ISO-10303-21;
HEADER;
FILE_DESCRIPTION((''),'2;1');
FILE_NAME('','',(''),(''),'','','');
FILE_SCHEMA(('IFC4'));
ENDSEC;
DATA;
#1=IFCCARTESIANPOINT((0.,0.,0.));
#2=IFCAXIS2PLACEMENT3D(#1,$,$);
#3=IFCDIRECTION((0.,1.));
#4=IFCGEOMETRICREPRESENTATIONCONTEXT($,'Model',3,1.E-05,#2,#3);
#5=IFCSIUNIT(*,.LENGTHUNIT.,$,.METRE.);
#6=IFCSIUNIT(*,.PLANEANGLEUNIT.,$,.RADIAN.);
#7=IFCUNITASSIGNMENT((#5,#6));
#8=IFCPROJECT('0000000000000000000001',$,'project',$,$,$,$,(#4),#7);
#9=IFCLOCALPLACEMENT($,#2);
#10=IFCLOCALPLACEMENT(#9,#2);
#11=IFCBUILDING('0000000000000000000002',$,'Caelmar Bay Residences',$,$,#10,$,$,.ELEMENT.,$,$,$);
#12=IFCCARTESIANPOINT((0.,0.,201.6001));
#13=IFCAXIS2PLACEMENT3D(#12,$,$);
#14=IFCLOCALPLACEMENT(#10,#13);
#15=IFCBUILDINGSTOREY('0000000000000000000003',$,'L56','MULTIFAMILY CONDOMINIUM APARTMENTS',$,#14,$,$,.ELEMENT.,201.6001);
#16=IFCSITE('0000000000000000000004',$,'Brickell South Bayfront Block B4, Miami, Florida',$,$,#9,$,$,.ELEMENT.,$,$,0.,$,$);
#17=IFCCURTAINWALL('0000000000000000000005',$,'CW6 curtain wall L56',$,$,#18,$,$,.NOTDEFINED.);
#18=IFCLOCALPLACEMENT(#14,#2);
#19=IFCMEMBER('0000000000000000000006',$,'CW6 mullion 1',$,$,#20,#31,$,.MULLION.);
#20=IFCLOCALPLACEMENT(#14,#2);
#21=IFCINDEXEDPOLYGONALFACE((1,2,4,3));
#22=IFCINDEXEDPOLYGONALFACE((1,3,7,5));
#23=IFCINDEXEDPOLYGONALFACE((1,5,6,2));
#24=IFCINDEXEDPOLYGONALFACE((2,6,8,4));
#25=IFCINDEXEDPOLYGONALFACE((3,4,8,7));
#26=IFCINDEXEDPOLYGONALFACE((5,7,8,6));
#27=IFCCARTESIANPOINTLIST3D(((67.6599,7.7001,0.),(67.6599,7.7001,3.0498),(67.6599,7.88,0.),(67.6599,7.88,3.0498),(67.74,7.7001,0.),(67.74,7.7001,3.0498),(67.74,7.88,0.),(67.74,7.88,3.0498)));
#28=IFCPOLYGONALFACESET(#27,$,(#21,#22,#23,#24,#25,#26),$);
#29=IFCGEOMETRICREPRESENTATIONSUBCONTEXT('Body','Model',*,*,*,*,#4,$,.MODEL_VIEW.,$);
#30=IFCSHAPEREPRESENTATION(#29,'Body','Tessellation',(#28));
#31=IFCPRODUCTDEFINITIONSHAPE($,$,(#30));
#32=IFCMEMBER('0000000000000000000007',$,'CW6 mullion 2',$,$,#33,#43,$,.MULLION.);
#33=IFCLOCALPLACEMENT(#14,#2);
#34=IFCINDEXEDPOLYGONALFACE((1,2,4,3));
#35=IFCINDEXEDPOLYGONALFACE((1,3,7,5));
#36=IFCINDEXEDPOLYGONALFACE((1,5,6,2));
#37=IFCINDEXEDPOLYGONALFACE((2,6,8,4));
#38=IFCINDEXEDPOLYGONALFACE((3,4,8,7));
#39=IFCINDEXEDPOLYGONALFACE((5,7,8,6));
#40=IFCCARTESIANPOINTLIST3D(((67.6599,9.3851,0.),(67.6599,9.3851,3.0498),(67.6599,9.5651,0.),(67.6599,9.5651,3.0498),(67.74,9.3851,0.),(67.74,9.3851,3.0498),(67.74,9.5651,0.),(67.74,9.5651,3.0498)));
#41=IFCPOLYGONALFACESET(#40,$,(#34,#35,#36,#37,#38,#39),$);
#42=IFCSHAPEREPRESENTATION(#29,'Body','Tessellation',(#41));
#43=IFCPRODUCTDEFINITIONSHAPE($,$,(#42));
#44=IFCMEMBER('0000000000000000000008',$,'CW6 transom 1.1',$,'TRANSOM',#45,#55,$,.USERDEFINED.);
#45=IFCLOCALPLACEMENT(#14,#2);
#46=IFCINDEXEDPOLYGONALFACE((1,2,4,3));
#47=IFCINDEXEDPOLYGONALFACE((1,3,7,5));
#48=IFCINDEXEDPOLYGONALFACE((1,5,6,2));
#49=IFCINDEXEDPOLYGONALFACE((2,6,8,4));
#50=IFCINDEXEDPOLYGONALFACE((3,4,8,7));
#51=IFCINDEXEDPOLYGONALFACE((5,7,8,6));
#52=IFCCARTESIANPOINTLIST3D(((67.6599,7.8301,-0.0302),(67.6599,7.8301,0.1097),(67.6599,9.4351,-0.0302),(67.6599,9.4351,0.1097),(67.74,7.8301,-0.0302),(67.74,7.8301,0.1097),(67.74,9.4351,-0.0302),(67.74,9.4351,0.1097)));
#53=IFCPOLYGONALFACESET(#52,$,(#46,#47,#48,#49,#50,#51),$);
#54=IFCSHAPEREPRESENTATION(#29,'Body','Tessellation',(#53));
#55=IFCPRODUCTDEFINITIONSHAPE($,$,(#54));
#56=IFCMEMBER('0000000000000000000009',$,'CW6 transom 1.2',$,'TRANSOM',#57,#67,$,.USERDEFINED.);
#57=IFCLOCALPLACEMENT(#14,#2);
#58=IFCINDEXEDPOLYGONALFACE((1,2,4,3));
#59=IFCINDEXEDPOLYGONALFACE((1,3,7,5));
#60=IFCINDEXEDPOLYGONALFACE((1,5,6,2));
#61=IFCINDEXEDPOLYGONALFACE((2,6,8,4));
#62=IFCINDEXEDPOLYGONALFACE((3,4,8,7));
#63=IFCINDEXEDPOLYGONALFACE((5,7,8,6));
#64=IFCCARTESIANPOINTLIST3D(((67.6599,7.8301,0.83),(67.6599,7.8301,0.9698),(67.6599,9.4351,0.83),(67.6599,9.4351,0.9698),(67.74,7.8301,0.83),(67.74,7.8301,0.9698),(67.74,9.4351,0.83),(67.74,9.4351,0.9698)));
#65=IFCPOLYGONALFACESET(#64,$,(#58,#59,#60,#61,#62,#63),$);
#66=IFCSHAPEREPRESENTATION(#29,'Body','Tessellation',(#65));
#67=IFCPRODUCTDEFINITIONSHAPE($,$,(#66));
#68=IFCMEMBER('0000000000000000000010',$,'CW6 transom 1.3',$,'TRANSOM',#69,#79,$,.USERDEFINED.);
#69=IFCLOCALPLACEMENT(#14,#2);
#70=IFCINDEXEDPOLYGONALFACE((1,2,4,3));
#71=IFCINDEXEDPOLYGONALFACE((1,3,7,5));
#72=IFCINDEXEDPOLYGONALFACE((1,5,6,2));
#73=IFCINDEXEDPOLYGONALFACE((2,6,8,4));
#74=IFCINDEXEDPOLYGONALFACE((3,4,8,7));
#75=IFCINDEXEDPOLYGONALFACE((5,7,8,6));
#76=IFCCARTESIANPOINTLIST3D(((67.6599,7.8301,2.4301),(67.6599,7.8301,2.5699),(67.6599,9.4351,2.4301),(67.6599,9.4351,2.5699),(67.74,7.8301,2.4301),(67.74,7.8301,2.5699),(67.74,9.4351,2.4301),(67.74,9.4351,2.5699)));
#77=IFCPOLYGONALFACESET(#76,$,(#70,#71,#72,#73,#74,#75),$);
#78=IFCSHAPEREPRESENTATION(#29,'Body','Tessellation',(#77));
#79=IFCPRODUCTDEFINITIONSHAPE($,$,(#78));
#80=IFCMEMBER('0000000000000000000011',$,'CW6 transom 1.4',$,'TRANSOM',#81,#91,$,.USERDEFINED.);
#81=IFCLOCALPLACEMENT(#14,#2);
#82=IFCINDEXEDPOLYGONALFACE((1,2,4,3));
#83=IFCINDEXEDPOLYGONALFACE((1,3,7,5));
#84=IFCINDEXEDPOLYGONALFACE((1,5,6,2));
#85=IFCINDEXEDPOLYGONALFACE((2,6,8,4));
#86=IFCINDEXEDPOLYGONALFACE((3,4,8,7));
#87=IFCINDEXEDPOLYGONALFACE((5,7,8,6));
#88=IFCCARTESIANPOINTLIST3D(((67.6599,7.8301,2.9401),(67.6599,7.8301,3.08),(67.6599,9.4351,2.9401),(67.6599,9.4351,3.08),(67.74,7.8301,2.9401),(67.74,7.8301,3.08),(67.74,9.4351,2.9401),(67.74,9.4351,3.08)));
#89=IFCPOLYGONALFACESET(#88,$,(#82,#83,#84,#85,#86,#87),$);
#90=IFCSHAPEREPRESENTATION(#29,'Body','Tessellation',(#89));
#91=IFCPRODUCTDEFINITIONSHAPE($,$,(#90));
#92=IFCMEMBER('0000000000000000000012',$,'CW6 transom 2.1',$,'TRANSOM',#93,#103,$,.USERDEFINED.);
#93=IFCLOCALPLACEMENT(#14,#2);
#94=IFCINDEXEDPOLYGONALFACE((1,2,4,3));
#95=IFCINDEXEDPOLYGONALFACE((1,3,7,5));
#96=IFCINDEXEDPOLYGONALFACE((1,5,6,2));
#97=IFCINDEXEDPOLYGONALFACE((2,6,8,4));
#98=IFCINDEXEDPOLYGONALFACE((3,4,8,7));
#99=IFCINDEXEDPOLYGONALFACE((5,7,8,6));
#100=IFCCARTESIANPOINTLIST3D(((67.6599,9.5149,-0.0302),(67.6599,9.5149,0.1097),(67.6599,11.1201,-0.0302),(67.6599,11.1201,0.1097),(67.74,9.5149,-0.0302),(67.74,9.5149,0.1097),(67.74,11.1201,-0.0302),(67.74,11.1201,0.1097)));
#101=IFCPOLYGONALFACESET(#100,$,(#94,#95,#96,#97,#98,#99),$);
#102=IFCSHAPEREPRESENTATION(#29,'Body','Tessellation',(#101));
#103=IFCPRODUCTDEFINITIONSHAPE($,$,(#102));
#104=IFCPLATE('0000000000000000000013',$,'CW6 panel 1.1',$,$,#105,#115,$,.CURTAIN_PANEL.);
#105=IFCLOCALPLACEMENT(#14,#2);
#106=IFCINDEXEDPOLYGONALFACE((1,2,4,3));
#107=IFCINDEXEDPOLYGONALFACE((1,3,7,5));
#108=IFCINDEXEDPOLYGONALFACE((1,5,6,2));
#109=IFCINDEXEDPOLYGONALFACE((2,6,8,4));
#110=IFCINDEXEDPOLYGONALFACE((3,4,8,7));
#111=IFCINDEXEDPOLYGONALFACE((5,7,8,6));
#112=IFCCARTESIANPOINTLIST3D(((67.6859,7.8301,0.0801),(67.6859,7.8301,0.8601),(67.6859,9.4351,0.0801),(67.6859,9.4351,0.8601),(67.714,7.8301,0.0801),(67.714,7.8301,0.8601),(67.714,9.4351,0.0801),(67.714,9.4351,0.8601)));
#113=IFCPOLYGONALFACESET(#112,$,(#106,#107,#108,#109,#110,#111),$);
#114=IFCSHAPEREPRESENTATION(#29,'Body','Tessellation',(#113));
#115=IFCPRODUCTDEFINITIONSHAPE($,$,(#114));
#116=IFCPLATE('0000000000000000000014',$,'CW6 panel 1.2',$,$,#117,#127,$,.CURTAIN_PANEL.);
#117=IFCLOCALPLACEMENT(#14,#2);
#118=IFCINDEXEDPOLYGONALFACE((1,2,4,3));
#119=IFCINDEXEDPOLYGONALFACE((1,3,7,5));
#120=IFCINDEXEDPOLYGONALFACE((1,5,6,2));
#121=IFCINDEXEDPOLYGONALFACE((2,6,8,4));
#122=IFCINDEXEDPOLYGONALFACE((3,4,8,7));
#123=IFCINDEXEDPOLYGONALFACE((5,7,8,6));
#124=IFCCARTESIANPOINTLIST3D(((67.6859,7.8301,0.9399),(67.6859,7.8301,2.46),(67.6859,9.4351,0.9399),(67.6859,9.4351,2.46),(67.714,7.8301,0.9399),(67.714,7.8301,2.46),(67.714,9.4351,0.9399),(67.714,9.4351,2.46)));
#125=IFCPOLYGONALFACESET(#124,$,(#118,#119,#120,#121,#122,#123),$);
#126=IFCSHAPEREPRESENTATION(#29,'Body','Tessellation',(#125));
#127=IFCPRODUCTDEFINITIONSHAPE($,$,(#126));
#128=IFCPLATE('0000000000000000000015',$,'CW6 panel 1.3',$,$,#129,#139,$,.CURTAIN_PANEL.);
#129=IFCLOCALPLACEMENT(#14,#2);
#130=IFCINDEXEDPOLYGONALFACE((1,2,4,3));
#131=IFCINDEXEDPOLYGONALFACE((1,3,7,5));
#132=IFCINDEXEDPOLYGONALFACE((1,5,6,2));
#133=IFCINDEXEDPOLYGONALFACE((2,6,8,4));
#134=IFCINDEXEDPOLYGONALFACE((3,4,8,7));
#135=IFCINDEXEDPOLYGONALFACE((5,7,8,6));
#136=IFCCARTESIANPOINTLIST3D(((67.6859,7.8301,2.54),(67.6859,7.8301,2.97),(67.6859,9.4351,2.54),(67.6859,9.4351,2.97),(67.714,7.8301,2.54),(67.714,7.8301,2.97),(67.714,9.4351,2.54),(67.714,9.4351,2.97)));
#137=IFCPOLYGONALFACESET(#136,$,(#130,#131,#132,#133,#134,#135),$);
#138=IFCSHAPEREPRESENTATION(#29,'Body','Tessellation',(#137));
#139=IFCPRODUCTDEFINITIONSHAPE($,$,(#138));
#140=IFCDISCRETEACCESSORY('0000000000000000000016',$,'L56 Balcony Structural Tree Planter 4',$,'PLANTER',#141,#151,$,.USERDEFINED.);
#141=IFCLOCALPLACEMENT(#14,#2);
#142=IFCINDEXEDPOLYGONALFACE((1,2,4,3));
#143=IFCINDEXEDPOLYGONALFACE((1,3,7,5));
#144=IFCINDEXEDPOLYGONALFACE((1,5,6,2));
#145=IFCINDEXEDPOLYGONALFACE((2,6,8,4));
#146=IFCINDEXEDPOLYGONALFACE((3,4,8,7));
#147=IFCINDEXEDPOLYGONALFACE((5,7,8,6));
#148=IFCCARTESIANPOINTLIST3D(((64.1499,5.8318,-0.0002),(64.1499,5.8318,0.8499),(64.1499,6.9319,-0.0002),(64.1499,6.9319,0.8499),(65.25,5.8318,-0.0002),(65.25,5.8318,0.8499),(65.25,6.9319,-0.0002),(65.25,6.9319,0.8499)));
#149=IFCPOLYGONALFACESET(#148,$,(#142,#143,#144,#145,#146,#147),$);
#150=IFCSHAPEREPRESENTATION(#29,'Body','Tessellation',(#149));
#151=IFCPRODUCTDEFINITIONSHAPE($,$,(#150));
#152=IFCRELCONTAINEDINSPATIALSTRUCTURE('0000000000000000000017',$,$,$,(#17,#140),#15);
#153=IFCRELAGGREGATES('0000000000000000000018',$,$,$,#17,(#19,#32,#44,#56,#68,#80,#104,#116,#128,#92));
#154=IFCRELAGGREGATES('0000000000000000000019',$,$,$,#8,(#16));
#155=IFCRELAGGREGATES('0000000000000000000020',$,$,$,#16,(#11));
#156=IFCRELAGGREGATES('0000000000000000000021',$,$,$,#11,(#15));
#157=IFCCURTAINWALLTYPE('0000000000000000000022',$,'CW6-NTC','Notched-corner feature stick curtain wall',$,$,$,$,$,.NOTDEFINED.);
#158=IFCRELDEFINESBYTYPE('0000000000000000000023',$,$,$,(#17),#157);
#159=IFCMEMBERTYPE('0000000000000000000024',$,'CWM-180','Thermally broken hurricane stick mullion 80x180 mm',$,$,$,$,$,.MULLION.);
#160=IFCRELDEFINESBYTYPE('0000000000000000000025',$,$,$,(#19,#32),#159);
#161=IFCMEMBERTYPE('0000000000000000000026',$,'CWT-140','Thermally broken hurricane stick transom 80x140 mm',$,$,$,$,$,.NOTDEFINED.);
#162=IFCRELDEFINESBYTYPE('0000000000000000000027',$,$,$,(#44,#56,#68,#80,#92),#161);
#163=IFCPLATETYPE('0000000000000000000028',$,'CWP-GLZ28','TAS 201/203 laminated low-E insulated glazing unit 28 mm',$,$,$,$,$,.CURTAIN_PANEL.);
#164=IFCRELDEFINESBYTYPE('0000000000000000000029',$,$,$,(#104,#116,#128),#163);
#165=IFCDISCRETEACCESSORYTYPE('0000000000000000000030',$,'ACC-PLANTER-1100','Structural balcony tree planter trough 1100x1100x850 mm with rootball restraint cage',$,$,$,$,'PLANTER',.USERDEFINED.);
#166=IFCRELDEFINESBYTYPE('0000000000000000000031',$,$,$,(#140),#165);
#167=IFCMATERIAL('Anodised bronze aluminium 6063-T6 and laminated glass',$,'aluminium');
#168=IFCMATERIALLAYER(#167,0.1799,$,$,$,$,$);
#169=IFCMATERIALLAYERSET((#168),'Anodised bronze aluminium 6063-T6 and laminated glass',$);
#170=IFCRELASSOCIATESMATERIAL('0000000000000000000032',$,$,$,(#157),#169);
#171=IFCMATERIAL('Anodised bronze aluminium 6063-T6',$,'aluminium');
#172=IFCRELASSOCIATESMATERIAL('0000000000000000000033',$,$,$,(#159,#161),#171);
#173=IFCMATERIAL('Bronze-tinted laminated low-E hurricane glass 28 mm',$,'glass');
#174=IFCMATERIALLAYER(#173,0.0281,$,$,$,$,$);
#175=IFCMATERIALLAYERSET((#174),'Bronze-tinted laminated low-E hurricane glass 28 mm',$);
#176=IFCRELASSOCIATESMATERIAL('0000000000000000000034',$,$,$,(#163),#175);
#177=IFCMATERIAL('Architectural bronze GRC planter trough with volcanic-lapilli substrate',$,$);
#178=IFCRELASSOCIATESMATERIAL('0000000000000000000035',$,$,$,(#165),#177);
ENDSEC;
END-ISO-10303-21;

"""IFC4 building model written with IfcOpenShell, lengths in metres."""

from ifc_helpers import new_model, si_unit, direction, frame, origin, origin_2d, place, context, subcontext, project, spatial, rectangle, extrude, material, layer, layer_set, material_profile, profile_set, type_object, element, aggregate, save


model = new_model("IFC4")

# Units and contexts
model_context = context("Model", 3, precision=1e-05, world=origin(), true_north=direction((0.0, 1.0)))
body_context = subcontext(model_context, "Body", "Model", "MODEL_VIEW")
ifc_project = project(units=[si_unit("LENGTHUNIT", "METRE"), si_unit("PLANEANGLEUNIT", "RADIAN")], contexts=[model_context])

# Site, building, storey
site_placement = place(None, origin())
site = spatial("IfcSite", under=ifc_project, at=site_placement, Name="Brickell South Bayfront Block B4, Miami, Florida", CompositionType="ELEMENT", RefElevation=0.0)
building_placement = place(site_placement, origin())
building = spatial("IfcBuilding", under=site, at=building_placement, Name="Caelmar Bay Residences", CompositionType="ELEMENT")
storey_placement = place(building_placement, frame((0.0, 0.0, 201.6001)))
storey = spatial("IfcBuildingStorey", under=building, at=storey_placement, Name="L56", Description="MULTIFAMILY CONDOMINIUM APARTMENTS", CompositionType="ELEMENT", Elevation=201.6001)

# Curtain wall, members, plates
ifc_material_1 = material(Name="Anodised bronze aluminium 6063-T6 and laminated glass", Category="aluminium")
ifc_layer_1 = layer(ifc_material_1, 0.1799)
ifc_layer_set_1 = layer_set([ifc_layer_1], Name="Anodised bronze aluminium 6063-T6 and laminated glass")
curtain_wall_type = type_object("IfcCurtainWallType", Name="CW6-NTC", Description="Notched-corner feature stick curtain wall", PredefinedType="NOTDEFINED", material=ifc_layer_set_1)
curtain_wall_placement = place(storey_placement, origin())
curtain_wall = element("IfcCurtainWall", 1, at=curtain_wall_placement, inside=storey, type_object=curtain_wall_type, Name="CW6 curtain wall L56", PredefinedType="NOTDEFINED")
ifc_material_2 = material(Name="Anodised bronze aluminium 6063-T6", Category="aluminium")
ifc_material_profile_1 = material_profile(ifc_material_2, rectangle(XDim=0.0801, YDim=0.1799, at=origin_2d()), Name="CWM-80X180")
ifc_profile_set_1 = profile_set([ifc_material_profile_1], Name="Anodised bronze aluminium 6063-T6")
member_type_1 = type_object("IfcMemberType", Name="CWM-180", Description="Thermally broken hurricane stick mullion 80x180 mm", PredefinedType="MULLION", material=ifc_profile_set_1)
member_1_placement = place(storey_placement, frame((67.7, 7.79, 0.0), z_axis=(0.0, 0.0, 1.0), x_axis=(-1.0, 0.0, 0.0)))
member_1 = element("IfcMember", 2, at=member_1_placement, type_object=member_type_1, Name="CW6 mullion 1", PredefinedType="MULLION", context=body_context, shape_type="SweptSolid", body=[
    extrude(rectangle(XDim=0.0801, YDim=0.1799, at=origin_2d()), origin(), (0.0, 0.0, 1.0), 3.0498),
])
member_2_placement = place(storey_placement, frame((67.7, 9.4751, 0.0), z_axis=(0.0, 0.0, 1.0), x_axis=(-1.0, 0.0, 0.0)))
member_2 = element("IfcMember", 3, at=member_2_placement, type_object=member_type_1, Name="CW6 mullion 2", PredefinedType="MULLION", context=body_context, shape_type="SweptSolid", body=[
    extrude(rectangle(XDim=0.0801, YDim=0.1799, at=origin_2d()), origin(), (0.0, 0.0, 1.0), 3.0498),
])
ifc_material_profile_2 = material_profile(ifc_material_2, rectangle(XDim=0.0801, YDim=0.1399, at=origin_2d()), Name="CWT-80X140")
ifc_profile_set_2 = profile_set([ifc_material_profile_2], Name="Anodised bronze aluminium 6063-T6")
member_type_2 = type_object("IfcMemberType", Name="CWT-140", Description="Thermally broken hurricane stick transom 80x140 mm", PredefinedType="NOTDEFINED", material=ifc_profile_set_2)
member_3_placement = place(storey_placement, frame((67.7, 7.8301, 0.0398), z_axis=(0.0, 1.0, 0.0), x_axis=(-1.0, 0.0, 0.0)))
member_3 = element("IfcMember", 4, at=member_3_placement, type_object=member_type_2, Name="CW6 transom 1.1", ObjectType="TRANSOM", PredefinedType="USERDEFINED", context=body_context, shape_type="SweptSolid", body=[
    extrude(rectangle(XDim=0.0801, YDim=0.1399, at=origin_2d()), origin(), (0.0, 0.0, 1.0), 1.605),
])
member_4_placement = place(storey_placement, frame((67.7, 7.8301, 0.8999), z_axis=(0.0, 1.0, 0.0), x_axis=(-1.0, 0.0, 0.0)))
member_4 = element("IfcMember", 5, at=member_4_placement, type_object=member_type_2, Name="CW6 transom 1.2", ObjectType="TRANSOM", PredefinedType="USERDEFINED", context=body_context, shape_type="SweptSolid", body=[
    extrude(rectangle(XDim=0.0801, YDim=0.1399, at=origin_2d()), origin(), (0.0, 0.0, 1.0), 1.605),
])
member_5_placement = place(storey_placement, frame((67.7, 7.8301, 2.5), z_axis=(0.0, 1.0, 0.0), x_axis=(-1.0, 0.0, 0.0)))
member_5 = element("IfcMember", 6, at=member_5_placement, type_object=member_type_2, Name="CW6 transom 1.3", ObjectType="TRANSOM", PredefinedType="USERDEFINED", context=body_context, shape_type="SweptSolid", body=[
    extrude(rectangle(XDim=0.0801, YDim=0.1399, at=origin_2d()), origin(), (0.0, 0.0, 1.0), 1.605),
])
member_6_placement = place(storey_placement, frame((67.7, 7.8301, 3.01), z_axis=(0.0, 1.0, 0.0), x_axis=(-1.0, 0.0, 0.0)))
member_6 = element("IfcMember", 7, at=member_6_placement, type_object=member_type_2, Name="CW6 transom 1.4", ObjectType="TRANSOM", PredefinedType="USERDEFINED", context=body_context, shape_type="SweptSolid", body=[
    extrude(rectangle(XDim=0.0801, YDim=0.1399, at=origin_2d()), origin(), (0.0, 0.0, 1.0), 1.605),
])
member_7_placement = place(storey_placement, frame((67.7, 9.5149, 0.0398), z_axis=(0.0, 1.0, 0.0), x_axis=(-1.0, 0.0, 0.0)))
member_7 = element("IfcMember", 8, at=member_7_placement, type_object=member_type_2, Name="CW6 transom 2.1", ObjectType="TRANSOM", PredefinedType="USERDEFINED", context=body_context, shape_type="SweptSolid", body=[
    extrude(rectangle(XDim=0.0801, YDim=0.1399, at=origin_2d()), origin(), (0.0, 0.0, 1.0), 1.6052),
])
ifc_material_3 = material(Name="Bronze-tinted laminated low-E hurricane glass 28 mm", Category="glass")
ifc_layer_2 = layer(ifc_material_3, 0.0281)
ifc_layer_set_2 = layer_set([ifc_layer_2], Name="Bronze-tinted laminated low-E hurricane glass 28 mm")
plate_type = type_object("IfcPlateType", Name="CWP-GLZ28", Description="TAS 201/203 laminated low-E insulated glazing unit 28 mm", PredefinedType="CURTAIN_PANEL", material=ifc_layer_set_2)
plate_1_placement = place(storey_placement, frame((67.7, 8.6326, 0.0801), z_axis=(0.0, 0.0, 1.0), x_axis=(0.0, 1.0, 0.0)))
plate_1 = element("IfcPlate", 9, at=plate_1_placement, type_object=plate_type, Name="CW6 panel 1.1", PredefinedType="CURTAIN_PANEL", context=body_context, shape_type="SweptSolid", body=[
    extrude(rectangle(XDim=1.605, YDim=0.0281, at=origin_2d()), origin(), (0.0, 0.0, 1.0), 0.78),
])
plate_2_placement = place(storey_placement, frame((67.7, 8.6326, 0.9399), z_axis=(0.0, 0.0, 1.0), x_axis=(0.0, 1.0, 0.0)))
plate_2 = element("IfcPlate", 10, at=plate_2_placement, type_object=plate_type, Name="CW6 panel 1.2", PredefinedType="CURTAIN_PANEL", context=body_context, shape_type="SweptSolid", body=[
    extrude(rectangle(XDim=1.605, YDim=0.0281, at=origin_2d()), origin(), (0.0, 0.0, 1.0), 1.52),
])
plate_3_placement = place(storey_placement, frame((67.7, 8.6326, 2.54), z_axis=(0.0, 0.0, 1.0), x_axis=(0.0, 1.0, 0.0)))
plate_3 = element("IfcPlate", 11, at=plate_3_placement, type_object=plate_type, Name="CW6 panel 1.3", PredefinedType="CURTAIN_PANEL", context=body_context, shape_type="SweptSolid", body=[
    extrude(rectangle(XDim=1.605, YDim=0.0281, at=origin_2d()), origin(), (0.0, 0.0, 1.0), 0.4299),
])
aggregate(curtain_wall, [member_1, member_2, member_3, member_4, member_5, member_6, plate_1, plate_2, plate_3, member_7])

# Discrete accessory
ifc_material_4 = material(Name="Architectural bronze GRC planter trough with volcanic-lapilli substrate")
discrete_accessory_type = type_object("IfcDiscreteAccessoryType", Name="ACC-PLANTER-1100", Description="Structural balcony tree planter trough 1100x1100x850 mm with rootball restraint cage", ElementType="PLANTER", PredefinedType="USERDEFINED", material=ifc_material_4)
discrete_accessory_placement = place(storey_placement, frame((64.7, 6.3818, -0.0002), z_axis=(0.0, 0.0, 1.0), x_axis=(1.0, 0.0, 0.0)))
element("IfcDiscreteAccessory", 12, at=discrete_accessory_placement, inside=storey, type_object=discrete_accessory_type, Name="L56 Balcony Structural Tree Planter 4", ObjectType="PLANTER", PredefinedType="USERDEFINED", context=body_context, shape_type="SweptSolid", body=[
    extrude(rectangle(XDim=1.1001, YDim=1.1001, at=origin_2d()), origin(), (0.0, 0.0, 1.0), 0.8501),
])

save(model, "model.ifc")
